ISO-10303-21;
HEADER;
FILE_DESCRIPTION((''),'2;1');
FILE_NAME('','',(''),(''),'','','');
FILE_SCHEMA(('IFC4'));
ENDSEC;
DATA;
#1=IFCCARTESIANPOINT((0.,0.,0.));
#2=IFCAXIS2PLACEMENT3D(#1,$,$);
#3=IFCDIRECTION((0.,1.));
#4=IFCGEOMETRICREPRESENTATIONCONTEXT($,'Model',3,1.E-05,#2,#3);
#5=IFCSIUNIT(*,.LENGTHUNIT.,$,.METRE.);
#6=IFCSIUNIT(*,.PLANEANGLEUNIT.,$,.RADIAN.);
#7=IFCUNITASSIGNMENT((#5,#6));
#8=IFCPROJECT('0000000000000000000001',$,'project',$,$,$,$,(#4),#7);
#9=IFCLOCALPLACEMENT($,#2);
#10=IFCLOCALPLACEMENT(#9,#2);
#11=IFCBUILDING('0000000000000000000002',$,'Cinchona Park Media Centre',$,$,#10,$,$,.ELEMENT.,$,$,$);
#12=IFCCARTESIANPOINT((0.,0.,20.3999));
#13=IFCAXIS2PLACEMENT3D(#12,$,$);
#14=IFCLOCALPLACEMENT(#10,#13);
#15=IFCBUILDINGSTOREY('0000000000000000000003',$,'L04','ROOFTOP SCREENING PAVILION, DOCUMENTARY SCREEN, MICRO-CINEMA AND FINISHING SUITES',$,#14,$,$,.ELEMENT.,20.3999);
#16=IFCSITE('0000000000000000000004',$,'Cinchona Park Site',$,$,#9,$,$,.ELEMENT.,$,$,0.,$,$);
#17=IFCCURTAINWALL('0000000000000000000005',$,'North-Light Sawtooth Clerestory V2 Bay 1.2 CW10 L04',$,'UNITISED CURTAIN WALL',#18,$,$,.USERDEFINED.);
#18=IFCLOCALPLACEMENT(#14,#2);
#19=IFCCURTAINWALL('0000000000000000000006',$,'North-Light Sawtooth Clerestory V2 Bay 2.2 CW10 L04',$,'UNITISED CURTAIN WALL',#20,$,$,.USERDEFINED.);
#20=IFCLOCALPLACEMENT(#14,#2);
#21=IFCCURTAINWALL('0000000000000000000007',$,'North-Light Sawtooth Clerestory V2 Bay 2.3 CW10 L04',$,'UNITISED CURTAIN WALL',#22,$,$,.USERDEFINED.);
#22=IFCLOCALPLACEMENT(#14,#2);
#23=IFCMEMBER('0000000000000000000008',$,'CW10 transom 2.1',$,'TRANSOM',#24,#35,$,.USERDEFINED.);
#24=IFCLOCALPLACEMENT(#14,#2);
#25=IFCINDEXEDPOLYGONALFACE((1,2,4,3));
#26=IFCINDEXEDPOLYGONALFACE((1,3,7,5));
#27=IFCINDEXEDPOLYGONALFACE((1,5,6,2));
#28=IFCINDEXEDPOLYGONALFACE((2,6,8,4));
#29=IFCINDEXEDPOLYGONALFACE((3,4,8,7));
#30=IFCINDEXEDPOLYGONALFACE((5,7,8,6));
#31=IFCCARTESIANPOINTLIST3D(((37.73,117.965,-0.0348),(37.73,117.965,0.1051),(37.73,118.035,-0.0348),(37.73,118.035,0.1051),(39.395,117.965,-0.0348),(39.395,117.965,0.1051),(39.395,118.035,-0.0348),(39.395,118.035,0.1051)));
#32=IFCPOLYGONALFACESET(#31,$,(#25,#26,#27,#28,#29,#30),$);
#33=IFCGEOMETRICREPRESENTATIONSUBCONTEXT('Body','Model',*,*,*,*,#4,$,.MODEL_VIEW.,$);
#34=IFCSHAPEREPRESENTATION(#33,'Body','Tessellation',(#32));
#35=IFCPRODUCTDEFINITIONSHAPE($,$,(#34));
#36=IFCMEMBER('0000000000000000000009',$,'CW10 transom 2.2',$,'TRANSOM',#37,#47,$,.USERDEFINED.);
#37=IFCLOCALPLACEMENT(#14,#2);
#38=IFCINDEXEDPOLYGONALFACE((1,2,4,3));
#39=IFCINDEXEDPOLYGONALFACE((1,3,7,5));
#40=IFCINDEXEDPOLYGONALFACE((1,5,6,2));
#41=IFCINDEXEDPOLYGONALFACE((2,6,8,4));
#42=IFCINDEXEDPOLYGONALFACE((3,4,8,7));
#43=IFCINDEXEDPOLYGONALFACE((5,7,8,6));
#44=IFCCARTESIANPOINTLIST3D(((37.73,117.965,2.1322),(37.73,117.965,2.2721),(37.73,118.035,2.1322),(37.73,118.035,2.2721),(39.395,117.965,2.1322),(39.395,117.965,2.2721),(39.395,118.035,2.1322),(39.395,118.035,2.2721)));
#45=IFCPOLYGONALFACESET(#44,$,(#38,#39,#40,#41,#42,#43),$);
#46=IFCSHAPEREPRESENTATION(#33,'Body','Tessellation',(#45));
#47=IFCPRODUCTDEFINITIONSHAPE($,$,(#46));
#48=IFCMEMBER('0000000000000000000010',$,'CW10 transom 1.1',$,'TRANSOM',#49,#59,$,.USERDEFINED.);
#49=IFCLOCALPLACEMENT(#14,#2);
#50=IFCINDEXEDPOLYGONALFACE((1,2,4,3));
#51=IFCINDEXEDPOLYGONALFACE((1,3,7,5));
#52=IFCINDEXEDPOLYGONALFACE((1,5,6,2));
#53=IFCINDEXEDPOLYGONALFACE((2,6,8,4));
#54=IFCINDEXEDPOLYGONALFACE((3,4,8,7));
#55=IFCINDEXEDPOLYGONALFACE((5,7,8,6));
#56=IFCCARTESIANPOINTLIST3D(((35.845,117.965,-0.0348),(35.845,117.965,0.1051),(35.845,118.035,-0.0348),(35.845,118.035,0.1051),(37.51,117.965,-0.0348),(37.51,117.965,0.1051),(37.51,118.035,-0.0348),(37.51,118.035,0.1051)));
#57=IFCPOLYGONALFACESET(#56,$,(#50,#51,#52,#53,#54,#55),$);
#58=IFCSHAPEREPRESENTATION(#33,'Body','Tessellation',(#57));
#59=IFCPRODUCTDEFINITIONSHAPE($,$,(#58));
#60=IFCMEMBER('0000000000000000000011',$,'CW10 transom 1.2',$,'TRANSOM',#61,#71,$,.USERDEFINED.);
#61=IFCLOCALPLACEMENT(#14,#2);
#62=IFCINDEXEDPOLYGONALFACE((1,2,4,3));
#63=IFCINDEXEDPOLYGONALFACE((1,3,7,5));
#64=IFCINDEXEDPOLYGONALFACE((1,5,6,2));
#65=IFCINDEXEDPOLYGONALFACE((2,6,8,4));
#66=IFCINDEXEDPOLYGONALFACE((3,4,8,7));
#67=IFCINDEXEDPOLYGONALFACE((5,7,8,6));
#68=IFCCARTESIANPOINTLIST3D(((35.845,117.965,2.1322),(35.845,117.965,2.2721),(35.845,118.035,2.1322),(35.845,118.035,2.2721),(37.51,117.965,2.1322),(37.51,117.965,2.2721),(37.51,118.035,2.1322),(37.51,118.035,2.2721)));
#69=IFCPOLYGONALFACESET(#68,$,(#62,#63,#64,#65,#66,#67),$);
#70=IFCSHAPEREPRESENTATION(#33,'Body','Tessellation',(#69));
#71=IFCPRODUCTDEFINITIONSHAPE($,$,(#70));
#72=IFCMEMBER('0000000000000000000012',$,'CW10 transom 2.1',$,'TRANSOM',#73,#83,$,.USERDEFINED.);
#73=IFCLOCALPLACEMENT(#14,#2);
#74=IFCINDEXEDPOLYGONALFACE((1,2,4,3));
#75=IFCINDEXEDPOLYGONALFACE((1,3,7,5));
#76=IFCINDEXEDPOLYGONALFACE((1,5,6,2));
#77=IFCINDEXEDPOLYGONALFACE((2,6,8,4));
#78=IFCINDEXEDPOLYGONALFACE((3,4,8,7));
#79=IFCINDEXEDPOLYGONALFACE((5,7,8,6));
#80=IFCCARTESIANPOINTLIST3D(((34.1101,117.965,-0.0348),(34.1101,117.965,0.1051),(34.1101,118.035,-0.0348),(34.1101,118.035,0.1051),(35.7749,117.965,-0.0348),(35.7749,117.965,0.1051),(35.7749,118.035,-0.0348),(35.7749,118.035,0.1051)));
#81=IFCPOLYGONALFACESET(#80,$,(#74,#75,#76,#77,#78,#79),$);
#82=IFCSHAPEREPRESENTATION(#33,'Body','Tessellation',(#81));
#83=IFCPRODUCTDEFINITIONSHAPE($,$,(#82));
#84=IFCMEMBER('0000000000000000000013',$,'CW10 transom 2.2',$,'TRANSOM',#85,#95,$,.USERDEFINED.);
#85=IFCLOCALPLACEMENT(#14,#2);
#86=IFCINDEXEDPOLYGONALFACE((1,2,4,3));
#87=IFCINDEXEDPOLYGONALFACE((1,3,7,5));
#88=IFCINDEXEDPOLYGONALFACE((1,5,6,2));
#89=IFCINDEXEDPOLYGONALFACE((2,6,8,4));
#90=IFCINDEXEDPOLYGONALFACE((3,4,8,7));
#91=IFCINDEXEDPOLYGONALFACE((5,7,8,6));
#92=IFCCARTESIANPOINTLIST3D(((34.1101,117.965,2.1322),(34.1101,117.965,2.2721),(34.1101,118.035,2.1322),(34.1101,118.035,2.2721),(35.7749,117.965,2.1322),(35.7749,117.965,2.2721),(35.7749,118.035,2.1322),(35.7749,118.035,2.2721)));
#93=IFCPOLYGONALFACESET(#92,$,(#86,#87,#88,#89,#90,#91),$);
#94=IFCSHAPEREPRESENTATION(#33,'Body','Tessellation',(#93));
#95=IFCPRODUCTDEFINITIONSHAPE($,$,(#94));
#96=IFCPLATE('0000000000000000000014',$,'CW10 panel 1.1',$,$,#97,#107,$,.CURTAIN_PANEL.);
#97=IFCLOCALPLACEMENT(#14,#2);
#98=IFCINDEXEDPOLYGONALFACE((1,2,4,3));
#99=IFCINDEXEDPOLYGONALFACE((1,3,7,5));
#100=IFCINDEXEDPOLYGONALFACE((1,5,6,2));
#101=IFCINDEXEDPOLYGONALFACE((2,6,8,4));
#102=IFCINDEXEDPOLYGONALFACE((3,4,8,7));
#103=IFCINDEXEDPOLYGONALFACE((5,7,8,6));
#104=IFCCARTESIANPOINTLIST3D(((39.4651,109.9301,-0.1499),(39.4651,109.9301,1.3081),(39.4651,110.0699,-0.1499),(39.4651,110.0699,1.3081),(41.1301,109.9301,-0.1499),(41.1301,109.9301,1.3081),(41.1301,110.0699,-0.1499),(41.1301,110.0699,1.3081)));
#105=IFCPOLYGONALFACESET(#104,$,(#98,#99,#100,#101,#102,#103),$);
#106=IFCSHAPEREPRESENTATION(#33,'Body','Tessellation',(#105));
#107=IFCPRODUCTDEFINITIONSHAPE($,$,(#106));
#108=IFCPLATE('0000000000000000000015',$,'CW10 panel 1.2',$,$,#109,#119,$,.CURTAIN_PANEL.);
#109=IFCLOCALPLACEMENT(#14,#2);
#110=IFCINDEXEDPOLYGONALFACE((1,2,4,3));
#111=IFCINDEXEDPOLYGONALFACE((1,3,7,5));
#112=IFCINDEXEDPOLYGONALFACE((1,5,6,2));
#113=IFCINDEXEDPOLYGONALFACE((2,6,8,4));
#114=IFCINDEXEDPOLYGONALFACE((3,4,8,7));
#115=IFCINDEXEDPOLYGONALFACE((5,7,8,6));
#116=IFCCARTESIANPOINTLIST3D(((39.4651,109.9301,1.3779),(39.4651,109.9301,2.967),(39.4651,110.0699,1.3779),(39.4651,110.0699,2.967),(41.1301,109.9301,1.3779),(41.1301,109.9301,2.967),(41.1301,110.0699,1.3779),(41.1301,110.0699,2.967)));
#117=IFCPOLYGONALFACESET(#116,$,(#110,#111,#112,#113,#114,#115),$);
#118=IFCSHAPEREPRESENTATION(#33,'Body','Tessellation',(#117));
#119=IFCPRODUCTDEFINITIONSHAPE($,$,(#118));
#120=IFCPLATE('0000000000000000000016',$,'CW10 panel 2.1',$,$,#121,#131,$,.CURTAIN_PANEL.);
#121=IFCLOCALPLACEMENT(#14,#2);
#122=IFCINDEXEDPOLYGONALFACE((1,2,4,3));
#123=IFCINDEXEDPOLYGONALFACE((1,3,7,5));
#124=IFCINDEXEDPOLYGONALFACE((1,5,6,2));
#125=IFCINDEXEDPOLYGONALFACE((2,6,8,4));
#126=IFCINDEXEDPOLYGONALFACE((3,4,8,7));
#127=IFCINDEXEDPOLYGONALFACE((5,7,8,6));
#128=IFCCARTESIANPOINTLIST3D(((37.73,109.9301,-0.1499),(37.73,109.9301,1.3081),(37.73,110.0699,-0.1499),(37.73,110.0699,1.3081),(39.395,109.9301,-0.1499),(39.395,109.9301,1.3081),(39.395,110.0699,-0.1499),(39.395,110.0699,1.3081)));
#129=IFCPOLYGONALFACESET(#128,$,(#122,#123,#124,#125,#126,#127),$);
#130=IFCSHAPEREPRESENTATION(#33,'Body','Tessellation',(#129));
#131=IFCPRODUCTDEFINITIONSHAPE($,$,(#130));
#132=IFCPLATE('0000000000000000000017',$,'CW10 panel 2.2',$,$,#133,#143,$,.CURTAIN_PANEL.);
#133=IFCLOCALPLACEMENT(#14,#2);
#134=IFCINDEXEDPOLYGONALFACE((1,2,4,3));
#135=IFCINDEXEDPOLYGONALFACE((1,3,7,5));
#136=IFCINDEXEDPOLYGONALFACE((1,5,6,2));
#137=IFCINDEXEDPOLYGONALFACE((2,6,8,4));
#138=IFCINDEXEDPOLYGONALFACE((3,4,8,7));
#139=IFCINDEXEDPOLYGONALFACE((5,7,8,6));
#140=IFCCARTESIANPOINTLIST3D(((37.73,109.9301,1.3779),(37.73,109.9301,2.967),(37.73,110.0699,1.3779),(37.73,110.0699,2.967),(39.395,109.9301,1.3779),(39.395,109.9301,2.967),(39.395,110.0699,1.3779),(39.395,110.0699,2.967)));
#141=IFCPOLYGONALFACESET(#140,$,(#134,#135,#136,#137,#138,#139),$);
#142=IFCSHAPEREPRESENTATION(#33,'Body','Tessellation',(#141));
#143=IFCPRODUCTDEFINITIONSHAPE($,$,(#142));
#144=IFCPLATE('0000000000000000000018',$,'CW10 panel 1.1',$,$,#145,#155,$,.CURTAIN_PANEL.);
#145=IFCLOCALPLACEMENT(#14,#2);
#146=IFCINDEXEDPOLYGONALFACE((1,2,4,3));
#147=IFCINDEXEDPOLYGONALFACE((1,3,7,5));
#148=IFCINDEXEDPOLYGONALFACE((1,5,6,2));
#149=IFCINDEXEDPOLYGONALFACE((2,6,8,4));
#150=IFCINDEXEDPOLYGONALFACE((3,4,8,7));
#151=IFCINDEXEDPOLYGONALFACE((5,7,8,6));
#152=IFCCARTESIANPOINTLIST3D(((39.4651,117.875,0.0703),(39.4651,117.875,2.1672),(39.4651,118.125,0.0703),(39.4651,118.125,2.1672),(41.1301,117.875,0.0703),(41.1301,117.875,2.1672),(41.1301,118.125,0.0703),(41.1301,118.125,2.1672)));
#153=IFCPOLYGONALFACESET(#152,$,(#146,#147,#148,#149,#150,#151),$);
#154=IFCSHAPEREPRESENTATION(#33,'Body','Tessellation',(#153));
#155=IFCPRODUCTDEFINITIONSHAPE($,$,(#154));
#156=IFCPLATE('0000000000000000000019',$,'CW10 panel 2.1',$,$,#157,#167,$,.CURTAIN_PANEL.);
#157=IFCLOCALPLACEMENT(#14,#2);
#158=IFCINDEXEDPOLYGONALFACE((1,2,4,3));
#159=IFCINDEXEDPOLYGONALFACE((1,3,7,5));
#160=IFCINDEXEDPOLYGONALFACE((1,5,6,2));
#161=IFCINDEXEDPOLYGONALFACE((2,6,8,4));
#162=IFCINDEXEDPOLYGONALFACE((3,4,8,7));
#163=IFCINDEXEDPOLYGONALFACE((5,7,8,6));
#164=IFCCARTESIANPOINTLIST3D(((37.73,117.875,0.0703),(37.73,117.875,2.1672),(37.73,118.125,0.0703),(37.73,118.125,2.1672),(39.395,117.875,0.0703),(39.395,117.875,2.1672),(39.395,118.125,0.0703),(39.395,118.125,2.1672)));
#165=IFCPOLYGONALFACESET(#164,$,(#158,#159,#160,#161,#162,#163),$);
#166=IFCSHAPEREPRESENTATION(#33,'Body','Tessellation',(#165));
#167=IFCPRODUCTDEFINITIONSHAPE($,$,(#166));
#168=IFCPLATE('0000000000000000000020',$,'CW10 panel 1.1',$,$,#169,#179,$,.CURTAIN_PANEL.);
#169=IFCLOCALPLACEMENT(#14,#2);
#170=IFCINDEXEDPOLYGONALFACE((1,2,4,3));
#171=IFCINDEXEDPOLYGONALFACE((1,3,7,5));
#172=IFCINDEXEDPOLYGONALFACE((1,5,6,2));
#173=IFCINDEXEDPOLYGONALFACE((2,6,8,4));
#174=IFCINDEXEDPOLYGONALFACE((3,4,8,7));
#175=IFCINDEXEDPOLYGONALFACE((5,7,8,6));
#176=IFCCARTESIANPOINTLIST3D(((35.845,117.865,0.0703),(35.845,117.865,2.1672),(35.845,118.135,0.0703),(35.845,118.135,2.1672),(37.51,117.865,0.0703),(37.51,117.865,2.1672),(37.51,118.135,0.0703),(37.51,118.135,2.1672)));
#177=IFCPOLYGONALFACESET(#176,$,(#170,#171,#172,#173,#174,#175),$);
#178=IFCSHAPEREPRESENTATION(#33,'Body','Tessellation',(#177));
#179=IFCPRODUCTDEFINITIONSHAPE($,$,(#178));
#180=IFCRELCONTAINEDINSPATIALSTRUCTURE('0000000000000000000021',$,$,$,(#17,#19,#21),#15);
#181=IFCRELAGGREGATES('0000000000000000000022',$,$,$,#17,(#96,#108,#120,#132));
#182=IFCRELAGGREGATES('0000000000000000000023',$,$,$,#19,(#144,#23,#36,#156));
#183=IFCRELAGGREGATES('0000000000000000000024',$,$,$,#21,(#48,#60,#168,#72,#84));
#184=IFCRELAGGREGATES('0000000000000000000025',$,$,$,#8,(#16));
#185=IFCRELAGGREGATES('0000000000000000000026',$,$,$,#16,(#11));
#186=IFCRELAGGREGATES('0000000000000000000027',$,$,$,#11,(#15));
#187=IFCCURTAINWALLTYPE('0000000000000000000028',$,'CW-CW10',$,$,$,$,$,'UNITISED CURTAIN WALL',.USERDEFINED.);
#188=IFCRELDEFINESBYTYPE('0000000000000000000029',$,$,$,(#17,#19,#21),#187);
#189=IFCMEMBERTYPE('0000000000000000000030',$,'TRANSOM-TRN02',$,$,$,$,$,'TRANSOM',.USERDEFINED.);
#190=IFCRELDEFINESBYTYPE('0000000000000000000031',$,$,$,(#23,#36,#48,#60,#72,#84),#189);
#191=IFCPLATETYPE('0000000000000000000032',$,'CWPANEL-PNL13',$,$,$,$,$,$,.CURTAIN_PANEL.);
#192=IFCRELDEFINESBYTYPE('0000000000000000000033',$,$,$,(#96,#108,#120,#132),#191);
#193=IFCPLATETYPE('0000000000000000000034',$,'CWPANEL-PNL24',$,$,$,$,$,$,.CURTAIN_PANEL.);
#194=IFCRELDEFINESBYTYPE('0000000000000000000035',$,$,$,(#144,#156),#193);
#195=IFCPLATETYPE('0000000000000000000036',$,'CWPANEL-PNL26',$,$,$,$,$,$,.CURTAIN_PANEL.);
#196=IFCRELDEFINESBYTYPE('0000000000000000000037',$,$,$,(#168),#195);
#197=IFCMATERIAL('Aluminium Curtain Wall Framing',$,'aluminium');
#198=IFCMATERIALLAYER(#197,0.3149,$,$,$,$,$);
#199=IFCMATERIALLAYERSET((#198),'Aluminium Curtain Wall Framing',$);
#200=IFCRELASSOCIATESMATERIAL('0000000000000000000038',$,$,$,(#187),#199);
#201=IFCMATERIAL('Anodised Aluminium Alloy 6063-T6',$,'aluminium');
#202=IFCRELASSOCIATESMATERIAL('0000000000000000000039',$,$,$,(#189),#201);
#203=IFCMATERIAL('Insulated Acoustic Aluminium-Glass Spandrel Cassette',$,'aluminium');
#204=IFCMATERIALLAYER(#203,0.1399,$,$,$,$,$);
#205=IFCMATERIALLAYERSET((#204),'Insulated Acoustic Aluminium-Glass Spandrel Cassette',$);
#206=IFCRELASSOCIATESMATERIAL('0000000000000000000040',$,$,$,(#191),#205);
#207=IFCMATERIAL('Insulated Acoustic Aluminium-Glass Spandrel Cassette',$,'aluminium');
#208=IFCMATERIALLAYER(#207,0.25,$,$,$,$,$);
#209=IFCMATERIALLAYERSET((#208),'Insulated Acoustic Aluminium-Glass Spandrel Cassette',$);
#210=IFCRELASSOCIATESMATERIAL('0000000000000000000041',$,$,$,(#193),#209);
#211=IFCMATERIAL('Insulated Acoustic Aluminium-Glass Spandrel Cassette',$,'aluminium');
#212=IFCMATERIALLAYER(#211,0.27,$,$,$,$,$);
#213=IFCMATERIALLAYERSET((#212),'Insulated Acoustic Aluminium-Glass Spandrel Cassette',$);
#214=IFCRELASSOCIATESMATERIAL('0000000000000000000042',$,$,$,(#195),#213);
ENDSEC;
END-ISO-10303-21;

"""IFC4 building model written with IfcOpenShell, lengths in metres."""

from ifc_helpers import new_model, si_unit, direction, frame, origin, origin_2d, place, context, subcontext, project, spatial, rectangle, extrude, material, layer, layer_set, material_profile, profile_set, type_object, element, aggregate, save


model = new_model("IFC4")

# Units and contexts
model_context = context("Model", 3, precision=1e-05, world=origin(), true_north=direction((0.0, 1.0)))
body_context = subcontext(model_context, "Body", "Model", "MODEL_VIEW")
ifc_project = project(units=[si_unit("LENGTHUNIT", "METRE"), si_unit("PLANEANGLEUNIT", "RADIAN")], contexts=[model_context])

# Site, building, storey
site_placement = place(None, origin())
site = spatial("IfcSite", under=ifc_project, at=site_placement, Name="Cinchona Park Site", CompositionType="ELEMENT", RefElevation=0.0)
building_placement = place(site_placement, origin())
building = spatial("IfcBuilding", under=site, at=building_placement, Name="Cinchona Park Media Centre", CompositionType="ELEMENT")
storey_placement = place(building_placement, frame((0.0, 0.0, 20.3999)))
storey = spatial("IfcBuildingStorey", under=building, at=storey_placement, Name="L04", Description="ROOFTOP SCREENING PAVILION, DOCUMENTARY SCREEN, MICRO-CINEMA AND FINISHING SUITES", CompositionType="ELEMENT", Elevation=20.3999)

# Curtain wall
ifc_material_1 = material(Name="Aluminium Curtain Wall Framing", Category="aluminium")
ifc_layer_1 = layer(ifc_material_1, 0.3149)
ifc_layer_set_1 = layer_set([ifc_layer_1], Name="Aluminium Curtain Wall Framing")
curtain_wall_type = type_object("IfcCurtainWallType", Name="CW-CW10", ElementType="UNITISED CURTAIN WALL", PredefinedType="USERDEFINED", material=ifc_layer_set_1)
curtain_wall_1_placement = place(storey_placement, origin())
curtain_wall_1 = element("IfcCurtainWall", 1, at=curtain_wall_1_placement, inside=storey, type_object=curtain_wall_type, Name="North-Light Sawtooth Clerestory V2 Bay 1.2 CW10 L04", ObjectType="UNITISED CURTAIN WALL", PredefinedType="USERDEFINED")

# Curtain walls
curtain_wall_2_placement = place(storey_placement, origin())
curtain_wall_2 = element("IfcCurtainWall", 2, at=curtain_wall_2_placement, inside=storey, type_object=curtain_wall_type, Name="North-Light Sawtooth Clerestory V2 Bay 2.2 CW10 L04", ObjectType="UNITISED CURTAIN WALL", PredefinedType="USERDEFINED")
curtain_wall_3_placement = place(storey_placement, origin())
curtain_wall_3 = element("IfcCurtainWall", 3, at=curtain_wall_3_placement, inside=storey, type_object=curtain_wall_type, Name="North-Light Sawtooth Clerestory V2 Bay 2.3 CW10 L04", ObjectType="UNITISED CURTAIN WALL", PredefinedType="USERDEFINED")

# Members
ifc_material_2 = material(Name="Anodised Aluminium Alloy 6063-T6", Category="aluminium")
ifc_material_profile_1 = material_profile(ifc_material_2, rectangle(XDim=0.0701, YDim=0.1399, at=origin_2d()), Name="TRN-70X140")
ifc_profile_set_1 = profile_set([ifc_material_profile_1], Name="Anodised Aluminium Alloy 6063-T6")
member_type_1 = type_object("IfcMemberType", Name="TRANSOM-TRN02", ElementType="TRANSOM", PredefinedType="USERDEFINED", material=ifc_profile_set_1)
member_1_placement = place(storey_placement, frame((39.395, 118.0, 0.0352), z_axis=(-1.0, 0.0, 0.0), x_axis=(0.0, -1.0, 0.0)))
member_1 = element("IfcMember", 4, at=member_1_placement, type_object=member_type_1, Name="CW10 transom 2.1", ObjectType="TRANSOM", PredefinedType="USERDEFINED", context=body_context, shape_type="SweptSolid", body=[
    extrude(rectangle(XDim=0.0701, YDim=0.1399, at=origin_2d()), origin(), (0.0, 0.0, 1.0), 1.665),
])
member_2_placement = place(storey_placement, frame((39.395, 118.0, 2.2021), z_axis=(-1.0, 0.0, 0.0), x_axis=(0.0, -1.0, 0.0)))
member_2 = element("IfcMember", 5, at=member_2_placement, type_object=member_type_1, Name="CW10 transom 2.2", ObjectType="TRANSOM", PredefinedType="USERDEFINED", context=body_context, shape_type="SweptSolid", body=[
    extrude(rectangle(XDim=0.0701, YDim=0.1399, at=origin_2d()), origin(), (0.0, 0.0, 1.0), 1.665),
])
member_3_placement = place(storey_placement, frame((37.51, 118.0, 0.0352), z_axis=(-1.0, 0.0, 0.0), x_axis=(0.0, -1.0, 0.0)))
member_3 = element("IfcMember", 6, at=member_3_placement, type_object=member_type_1, Name="CW10 transom 1.1", ObjectType="TRANSOM", PredefinedType="USERDEFINED", context=body_context, shape_type="SweptSolid", body=[
    extrude(rectangle(XDim=0.0701, YDim=0.1399, at=origin_2d()), origin(), (0.0, 0.0, 1.0), 1.665),
])
member_4_placement = place(storey_placement, frame((37.51, 118.0, 2.2021), z_axis=(-1.0, 0.0, 0.0), x_axis=(0.0, -1.0, 0.0)))
member_4 = element("IfcMember", 7, at=member_4_placement, type_object=member_type_1, Name="CW10 transom 1.2", ObjectType="TRANSOM", PredefinedType="USERDEFINED", context=body_context, shape_type="SweptSolid", body=[
    extrude(rectangle(XDim=0.0701, YDim=0.1399, at=origin_2d()), origin(), (0.0, 0.0, 1.0), 1.665),
])
member_5_placement = place(storey_placement, frame((35.7749, 118.0, 0.0352), z_axis=(-1.0, 0.0, 0.0), x_axis=(0.0, -1.0, 0.0)))
member_5 = element("IfcMember", 8, at=member_5_placement, type_object=member_type_1, Name="CW10 transom 2.1", ObjectType="TRANSOM", PredefinedType="USERDEFINED", context=body_context, shape_type="SweptSolid", body=[
    extrude(rectangle(XDim=0.0701, YDim=0.1399, at=origin_2d()), origin(), (0.0, 0.0, 1.0), 1.6648),
])
member_6_placement = place(storey_placement, frame((35.7749, 118.0, 2.2021), z_axis=(-1.0, 0.0, 0.0), x_axis=(0.0, -1.0, 0.0)))
member_6 = element("IfcMember", 9, at=member_6_placement, type_object=member_type_1, Name="CW10 transom 2.2", ObjectType="TRANSOM", PredefinedType="USERDEFINED", context=body_context, shape_type="SweptSolid", body=[
    extrude(rectangle(XDim=0.0701, YDim=0.1399, at=origin_2d()), origin(), (0.0, 0.0, 1.0), 1.6648),
])

# Plates
ifc_material_3 = material(Name="Insulated Acoustic Aluminium-Glass Spandrel Cassette", Category="aluminium")
ifc_layer_2 = layer(ifc_material_3, 0.1399)
ifc_layer_set_2 = layer_set([ifc_layer_2], Name="Insulated Acoustic Aluminium-Glass Spandrel Cassette")
plate_type_1 = type_object("IfcPlateType", Name="CWPANEL-PNL13", PredefinedType="CURTAIN_PANEL", material=ifc_layer_set_2)
plate_1_placement = place(storey_placement, frame((40.2976, 110.0, -0.1499), z_axis=(0.0, 0.0, 1.0), x_axis=(-1.0, 0.0, 0.0)))
plate_1 = element("IfcPlate", 10, at=plate_1_placement, type_object=plate_type_1, Name="CW10 panel 1.1", PredefinedType="CURTAIN_PANEL", context=body_context, shape_type="SweptSolid", body=[
    extrude(rectangle(XDim=1.665, YDim=0.1399, at=origin_2d()), origin(), (0.0, 0.0, 1.0), 1.458),
])
plate_2_placement = place(storey_placement, frame((40.2976, 110.0, 1.3779), z_axis=(0.0, 0.0, 1.0), x_axis=(-1.0, 0.0, 0.0)))
plate_2 = element("IfcPlate", 11, at=plate_2_placement, type_object=plate_type_1, Name="CW10 panel 1.2", PredefinedType="CURTAIN_PANEL", context=body_context, shape_type="SweptSolid", body=[
    extrude(rectangle(XDim=1.665, YDim=0.1399, at=origin_2d()), origin(), (0.0, 0.0, 1.0), 1.5891),
])
plate_3_placement = place(storey_placement, frame((38.5625, 110.0, -0.1499), z_axis=(0.0, 0.0, 1.0), x_axis=(-1.0, 0.0, 0.0)))
plate_3 = element("IfcPlate", 12, at=plate_3_placement, type_object=plate_type_1, Name="CW10 panel 2.1", PredefinedType="CURTAIN_PANEL", context=body_context, shape_type="SweptSolid", body=[
    extrude(rectangle(XDim=1.665, YDim=0.1399, at=origin_2d()), origin(), (0.0, 0.0, 1.0), 1.458),
])
plate_4_placement = place(storey_placement, frame((38.5625, 110.0, 1.3779), z_axis=(0.0, 0.0, 1.0), x_axis=(-1.0, 0.0, 0.0)))
plate_4 = element("IfcPlate", 13, at=plate_4_placement, type_object=plate_type_1, Name="CW10 panel 2.2", PredefinedType="CURTAIN_PANEL", context=body_context, shape_type="SweptSolid", body=[
    extrude(rectangle(XDim=1.665, YDim=0.1399, at=origin_2d()), origin(), (0.0, 0.0, 1.0), 1.5891),
])
aggregate(curtain_wall_1, [plate_1, plate_2, plate_3, plate_4])
ifc_material_4 = material(Name="Insulated Acoustic Aluminium-Glass Spandrel Cassette", Category="aluminium")
ifc_layer_3 = layer(ifc_material_4, 0.25)
ifc_layer_set_3 = layer_set([ifc_layer_3], Name="Insulated Acoustic Aluminium-Glass Spandrel Cassette")
plate_type_2 = type_object("IfcPlateType", Name="CWPANEL-PNL24", PredefinedType="CURTAIN_PANEL", material=ifc_layer_set_3)
plate_5_placement = place(storey_placement, frame((40.2976, 118.0, 0.0703), z_axis=(0.0, 0.0, 1.0), x_axis=(-1.0, 0.0, 0.0)))
plate_5 = element("IfcPlate", 14, at=plate_5_placement, type_object=plate_type_2, Name="CW10 panel 1.1", PredefinedType="CURTAIN_PANEL", context=body_context, shape_type="SweptSolid", body=[
    extrude(rectangle(XDim=1.665, YDim=0.25, at=origin_2d()), origin(), (0.0, 0.0, 1.0), 2.0969),
])
plate_6_placement = place(storey_placement, frame((38.5625, 118.0, 0.0703), z_axis=(0.0, 0.0, 1.0), x_axis=(-1.0, 0.0, 0.0)))
plate_6 = element("IfcPlate", 15, at=plate_6_placement, type_object=plate_type_2, Name="CW10 panel 2.1", PredefinedType="CURTAIN_PANEL", context=body_context, shape_type="SweptSolid", body=[
    extrude(rectangle(XDim=1.665, YDim=0.25, at=origin_2d()), origin(), (0.0, 0.0, 1.0), 2.0969),
])
aggregate(curtain_wall_2, [plate_5, member_1, member_2, plate_6])
ifc_material_5 = material(Name="Insulated Acoustic Aluminium-Glass Spandrel Cassette", Category="aluminium")
ifc_layer_4 = layer(ifc_material_5, 0.27)
ifc_layer_set_4 = layer_set([ifc_layer_4], Name="Insulated Acoustic Aluminium-Glass Spandrel Cassette")
plate_type_3 = type_object("IfcPlateType", Name="CWPANEL-PNL26", PredefinedType="CURTAIN_PANEL", material=ifc_layer_set_4)
plate_7_placement = place(storey_placement, frame((36.6775, 118.0, 0.0703), z_axis=(0.0, 0.0, 1.0), x_axis=(-1.0, 0.0, 0.0)))
plate_7 = element("IfcPlate", 16, at=plate_7_placement, type_object=plate_type_3, Name="CW10 panel 1.1", PredefinedType="CURTAIN_PANEL", context=body_context, shape_type="SweptSolid", body=[
    extrude(rectangle(XDim=1.665, YDim=0.27, at=origin_2d()), origin(), (0.0, 0.0, 1.0), 2.0969),
])
aggregate(curtain_wall_3, [member_3, member_4, plate_7, member_5, member_6])

save(model, "model.ifc")
